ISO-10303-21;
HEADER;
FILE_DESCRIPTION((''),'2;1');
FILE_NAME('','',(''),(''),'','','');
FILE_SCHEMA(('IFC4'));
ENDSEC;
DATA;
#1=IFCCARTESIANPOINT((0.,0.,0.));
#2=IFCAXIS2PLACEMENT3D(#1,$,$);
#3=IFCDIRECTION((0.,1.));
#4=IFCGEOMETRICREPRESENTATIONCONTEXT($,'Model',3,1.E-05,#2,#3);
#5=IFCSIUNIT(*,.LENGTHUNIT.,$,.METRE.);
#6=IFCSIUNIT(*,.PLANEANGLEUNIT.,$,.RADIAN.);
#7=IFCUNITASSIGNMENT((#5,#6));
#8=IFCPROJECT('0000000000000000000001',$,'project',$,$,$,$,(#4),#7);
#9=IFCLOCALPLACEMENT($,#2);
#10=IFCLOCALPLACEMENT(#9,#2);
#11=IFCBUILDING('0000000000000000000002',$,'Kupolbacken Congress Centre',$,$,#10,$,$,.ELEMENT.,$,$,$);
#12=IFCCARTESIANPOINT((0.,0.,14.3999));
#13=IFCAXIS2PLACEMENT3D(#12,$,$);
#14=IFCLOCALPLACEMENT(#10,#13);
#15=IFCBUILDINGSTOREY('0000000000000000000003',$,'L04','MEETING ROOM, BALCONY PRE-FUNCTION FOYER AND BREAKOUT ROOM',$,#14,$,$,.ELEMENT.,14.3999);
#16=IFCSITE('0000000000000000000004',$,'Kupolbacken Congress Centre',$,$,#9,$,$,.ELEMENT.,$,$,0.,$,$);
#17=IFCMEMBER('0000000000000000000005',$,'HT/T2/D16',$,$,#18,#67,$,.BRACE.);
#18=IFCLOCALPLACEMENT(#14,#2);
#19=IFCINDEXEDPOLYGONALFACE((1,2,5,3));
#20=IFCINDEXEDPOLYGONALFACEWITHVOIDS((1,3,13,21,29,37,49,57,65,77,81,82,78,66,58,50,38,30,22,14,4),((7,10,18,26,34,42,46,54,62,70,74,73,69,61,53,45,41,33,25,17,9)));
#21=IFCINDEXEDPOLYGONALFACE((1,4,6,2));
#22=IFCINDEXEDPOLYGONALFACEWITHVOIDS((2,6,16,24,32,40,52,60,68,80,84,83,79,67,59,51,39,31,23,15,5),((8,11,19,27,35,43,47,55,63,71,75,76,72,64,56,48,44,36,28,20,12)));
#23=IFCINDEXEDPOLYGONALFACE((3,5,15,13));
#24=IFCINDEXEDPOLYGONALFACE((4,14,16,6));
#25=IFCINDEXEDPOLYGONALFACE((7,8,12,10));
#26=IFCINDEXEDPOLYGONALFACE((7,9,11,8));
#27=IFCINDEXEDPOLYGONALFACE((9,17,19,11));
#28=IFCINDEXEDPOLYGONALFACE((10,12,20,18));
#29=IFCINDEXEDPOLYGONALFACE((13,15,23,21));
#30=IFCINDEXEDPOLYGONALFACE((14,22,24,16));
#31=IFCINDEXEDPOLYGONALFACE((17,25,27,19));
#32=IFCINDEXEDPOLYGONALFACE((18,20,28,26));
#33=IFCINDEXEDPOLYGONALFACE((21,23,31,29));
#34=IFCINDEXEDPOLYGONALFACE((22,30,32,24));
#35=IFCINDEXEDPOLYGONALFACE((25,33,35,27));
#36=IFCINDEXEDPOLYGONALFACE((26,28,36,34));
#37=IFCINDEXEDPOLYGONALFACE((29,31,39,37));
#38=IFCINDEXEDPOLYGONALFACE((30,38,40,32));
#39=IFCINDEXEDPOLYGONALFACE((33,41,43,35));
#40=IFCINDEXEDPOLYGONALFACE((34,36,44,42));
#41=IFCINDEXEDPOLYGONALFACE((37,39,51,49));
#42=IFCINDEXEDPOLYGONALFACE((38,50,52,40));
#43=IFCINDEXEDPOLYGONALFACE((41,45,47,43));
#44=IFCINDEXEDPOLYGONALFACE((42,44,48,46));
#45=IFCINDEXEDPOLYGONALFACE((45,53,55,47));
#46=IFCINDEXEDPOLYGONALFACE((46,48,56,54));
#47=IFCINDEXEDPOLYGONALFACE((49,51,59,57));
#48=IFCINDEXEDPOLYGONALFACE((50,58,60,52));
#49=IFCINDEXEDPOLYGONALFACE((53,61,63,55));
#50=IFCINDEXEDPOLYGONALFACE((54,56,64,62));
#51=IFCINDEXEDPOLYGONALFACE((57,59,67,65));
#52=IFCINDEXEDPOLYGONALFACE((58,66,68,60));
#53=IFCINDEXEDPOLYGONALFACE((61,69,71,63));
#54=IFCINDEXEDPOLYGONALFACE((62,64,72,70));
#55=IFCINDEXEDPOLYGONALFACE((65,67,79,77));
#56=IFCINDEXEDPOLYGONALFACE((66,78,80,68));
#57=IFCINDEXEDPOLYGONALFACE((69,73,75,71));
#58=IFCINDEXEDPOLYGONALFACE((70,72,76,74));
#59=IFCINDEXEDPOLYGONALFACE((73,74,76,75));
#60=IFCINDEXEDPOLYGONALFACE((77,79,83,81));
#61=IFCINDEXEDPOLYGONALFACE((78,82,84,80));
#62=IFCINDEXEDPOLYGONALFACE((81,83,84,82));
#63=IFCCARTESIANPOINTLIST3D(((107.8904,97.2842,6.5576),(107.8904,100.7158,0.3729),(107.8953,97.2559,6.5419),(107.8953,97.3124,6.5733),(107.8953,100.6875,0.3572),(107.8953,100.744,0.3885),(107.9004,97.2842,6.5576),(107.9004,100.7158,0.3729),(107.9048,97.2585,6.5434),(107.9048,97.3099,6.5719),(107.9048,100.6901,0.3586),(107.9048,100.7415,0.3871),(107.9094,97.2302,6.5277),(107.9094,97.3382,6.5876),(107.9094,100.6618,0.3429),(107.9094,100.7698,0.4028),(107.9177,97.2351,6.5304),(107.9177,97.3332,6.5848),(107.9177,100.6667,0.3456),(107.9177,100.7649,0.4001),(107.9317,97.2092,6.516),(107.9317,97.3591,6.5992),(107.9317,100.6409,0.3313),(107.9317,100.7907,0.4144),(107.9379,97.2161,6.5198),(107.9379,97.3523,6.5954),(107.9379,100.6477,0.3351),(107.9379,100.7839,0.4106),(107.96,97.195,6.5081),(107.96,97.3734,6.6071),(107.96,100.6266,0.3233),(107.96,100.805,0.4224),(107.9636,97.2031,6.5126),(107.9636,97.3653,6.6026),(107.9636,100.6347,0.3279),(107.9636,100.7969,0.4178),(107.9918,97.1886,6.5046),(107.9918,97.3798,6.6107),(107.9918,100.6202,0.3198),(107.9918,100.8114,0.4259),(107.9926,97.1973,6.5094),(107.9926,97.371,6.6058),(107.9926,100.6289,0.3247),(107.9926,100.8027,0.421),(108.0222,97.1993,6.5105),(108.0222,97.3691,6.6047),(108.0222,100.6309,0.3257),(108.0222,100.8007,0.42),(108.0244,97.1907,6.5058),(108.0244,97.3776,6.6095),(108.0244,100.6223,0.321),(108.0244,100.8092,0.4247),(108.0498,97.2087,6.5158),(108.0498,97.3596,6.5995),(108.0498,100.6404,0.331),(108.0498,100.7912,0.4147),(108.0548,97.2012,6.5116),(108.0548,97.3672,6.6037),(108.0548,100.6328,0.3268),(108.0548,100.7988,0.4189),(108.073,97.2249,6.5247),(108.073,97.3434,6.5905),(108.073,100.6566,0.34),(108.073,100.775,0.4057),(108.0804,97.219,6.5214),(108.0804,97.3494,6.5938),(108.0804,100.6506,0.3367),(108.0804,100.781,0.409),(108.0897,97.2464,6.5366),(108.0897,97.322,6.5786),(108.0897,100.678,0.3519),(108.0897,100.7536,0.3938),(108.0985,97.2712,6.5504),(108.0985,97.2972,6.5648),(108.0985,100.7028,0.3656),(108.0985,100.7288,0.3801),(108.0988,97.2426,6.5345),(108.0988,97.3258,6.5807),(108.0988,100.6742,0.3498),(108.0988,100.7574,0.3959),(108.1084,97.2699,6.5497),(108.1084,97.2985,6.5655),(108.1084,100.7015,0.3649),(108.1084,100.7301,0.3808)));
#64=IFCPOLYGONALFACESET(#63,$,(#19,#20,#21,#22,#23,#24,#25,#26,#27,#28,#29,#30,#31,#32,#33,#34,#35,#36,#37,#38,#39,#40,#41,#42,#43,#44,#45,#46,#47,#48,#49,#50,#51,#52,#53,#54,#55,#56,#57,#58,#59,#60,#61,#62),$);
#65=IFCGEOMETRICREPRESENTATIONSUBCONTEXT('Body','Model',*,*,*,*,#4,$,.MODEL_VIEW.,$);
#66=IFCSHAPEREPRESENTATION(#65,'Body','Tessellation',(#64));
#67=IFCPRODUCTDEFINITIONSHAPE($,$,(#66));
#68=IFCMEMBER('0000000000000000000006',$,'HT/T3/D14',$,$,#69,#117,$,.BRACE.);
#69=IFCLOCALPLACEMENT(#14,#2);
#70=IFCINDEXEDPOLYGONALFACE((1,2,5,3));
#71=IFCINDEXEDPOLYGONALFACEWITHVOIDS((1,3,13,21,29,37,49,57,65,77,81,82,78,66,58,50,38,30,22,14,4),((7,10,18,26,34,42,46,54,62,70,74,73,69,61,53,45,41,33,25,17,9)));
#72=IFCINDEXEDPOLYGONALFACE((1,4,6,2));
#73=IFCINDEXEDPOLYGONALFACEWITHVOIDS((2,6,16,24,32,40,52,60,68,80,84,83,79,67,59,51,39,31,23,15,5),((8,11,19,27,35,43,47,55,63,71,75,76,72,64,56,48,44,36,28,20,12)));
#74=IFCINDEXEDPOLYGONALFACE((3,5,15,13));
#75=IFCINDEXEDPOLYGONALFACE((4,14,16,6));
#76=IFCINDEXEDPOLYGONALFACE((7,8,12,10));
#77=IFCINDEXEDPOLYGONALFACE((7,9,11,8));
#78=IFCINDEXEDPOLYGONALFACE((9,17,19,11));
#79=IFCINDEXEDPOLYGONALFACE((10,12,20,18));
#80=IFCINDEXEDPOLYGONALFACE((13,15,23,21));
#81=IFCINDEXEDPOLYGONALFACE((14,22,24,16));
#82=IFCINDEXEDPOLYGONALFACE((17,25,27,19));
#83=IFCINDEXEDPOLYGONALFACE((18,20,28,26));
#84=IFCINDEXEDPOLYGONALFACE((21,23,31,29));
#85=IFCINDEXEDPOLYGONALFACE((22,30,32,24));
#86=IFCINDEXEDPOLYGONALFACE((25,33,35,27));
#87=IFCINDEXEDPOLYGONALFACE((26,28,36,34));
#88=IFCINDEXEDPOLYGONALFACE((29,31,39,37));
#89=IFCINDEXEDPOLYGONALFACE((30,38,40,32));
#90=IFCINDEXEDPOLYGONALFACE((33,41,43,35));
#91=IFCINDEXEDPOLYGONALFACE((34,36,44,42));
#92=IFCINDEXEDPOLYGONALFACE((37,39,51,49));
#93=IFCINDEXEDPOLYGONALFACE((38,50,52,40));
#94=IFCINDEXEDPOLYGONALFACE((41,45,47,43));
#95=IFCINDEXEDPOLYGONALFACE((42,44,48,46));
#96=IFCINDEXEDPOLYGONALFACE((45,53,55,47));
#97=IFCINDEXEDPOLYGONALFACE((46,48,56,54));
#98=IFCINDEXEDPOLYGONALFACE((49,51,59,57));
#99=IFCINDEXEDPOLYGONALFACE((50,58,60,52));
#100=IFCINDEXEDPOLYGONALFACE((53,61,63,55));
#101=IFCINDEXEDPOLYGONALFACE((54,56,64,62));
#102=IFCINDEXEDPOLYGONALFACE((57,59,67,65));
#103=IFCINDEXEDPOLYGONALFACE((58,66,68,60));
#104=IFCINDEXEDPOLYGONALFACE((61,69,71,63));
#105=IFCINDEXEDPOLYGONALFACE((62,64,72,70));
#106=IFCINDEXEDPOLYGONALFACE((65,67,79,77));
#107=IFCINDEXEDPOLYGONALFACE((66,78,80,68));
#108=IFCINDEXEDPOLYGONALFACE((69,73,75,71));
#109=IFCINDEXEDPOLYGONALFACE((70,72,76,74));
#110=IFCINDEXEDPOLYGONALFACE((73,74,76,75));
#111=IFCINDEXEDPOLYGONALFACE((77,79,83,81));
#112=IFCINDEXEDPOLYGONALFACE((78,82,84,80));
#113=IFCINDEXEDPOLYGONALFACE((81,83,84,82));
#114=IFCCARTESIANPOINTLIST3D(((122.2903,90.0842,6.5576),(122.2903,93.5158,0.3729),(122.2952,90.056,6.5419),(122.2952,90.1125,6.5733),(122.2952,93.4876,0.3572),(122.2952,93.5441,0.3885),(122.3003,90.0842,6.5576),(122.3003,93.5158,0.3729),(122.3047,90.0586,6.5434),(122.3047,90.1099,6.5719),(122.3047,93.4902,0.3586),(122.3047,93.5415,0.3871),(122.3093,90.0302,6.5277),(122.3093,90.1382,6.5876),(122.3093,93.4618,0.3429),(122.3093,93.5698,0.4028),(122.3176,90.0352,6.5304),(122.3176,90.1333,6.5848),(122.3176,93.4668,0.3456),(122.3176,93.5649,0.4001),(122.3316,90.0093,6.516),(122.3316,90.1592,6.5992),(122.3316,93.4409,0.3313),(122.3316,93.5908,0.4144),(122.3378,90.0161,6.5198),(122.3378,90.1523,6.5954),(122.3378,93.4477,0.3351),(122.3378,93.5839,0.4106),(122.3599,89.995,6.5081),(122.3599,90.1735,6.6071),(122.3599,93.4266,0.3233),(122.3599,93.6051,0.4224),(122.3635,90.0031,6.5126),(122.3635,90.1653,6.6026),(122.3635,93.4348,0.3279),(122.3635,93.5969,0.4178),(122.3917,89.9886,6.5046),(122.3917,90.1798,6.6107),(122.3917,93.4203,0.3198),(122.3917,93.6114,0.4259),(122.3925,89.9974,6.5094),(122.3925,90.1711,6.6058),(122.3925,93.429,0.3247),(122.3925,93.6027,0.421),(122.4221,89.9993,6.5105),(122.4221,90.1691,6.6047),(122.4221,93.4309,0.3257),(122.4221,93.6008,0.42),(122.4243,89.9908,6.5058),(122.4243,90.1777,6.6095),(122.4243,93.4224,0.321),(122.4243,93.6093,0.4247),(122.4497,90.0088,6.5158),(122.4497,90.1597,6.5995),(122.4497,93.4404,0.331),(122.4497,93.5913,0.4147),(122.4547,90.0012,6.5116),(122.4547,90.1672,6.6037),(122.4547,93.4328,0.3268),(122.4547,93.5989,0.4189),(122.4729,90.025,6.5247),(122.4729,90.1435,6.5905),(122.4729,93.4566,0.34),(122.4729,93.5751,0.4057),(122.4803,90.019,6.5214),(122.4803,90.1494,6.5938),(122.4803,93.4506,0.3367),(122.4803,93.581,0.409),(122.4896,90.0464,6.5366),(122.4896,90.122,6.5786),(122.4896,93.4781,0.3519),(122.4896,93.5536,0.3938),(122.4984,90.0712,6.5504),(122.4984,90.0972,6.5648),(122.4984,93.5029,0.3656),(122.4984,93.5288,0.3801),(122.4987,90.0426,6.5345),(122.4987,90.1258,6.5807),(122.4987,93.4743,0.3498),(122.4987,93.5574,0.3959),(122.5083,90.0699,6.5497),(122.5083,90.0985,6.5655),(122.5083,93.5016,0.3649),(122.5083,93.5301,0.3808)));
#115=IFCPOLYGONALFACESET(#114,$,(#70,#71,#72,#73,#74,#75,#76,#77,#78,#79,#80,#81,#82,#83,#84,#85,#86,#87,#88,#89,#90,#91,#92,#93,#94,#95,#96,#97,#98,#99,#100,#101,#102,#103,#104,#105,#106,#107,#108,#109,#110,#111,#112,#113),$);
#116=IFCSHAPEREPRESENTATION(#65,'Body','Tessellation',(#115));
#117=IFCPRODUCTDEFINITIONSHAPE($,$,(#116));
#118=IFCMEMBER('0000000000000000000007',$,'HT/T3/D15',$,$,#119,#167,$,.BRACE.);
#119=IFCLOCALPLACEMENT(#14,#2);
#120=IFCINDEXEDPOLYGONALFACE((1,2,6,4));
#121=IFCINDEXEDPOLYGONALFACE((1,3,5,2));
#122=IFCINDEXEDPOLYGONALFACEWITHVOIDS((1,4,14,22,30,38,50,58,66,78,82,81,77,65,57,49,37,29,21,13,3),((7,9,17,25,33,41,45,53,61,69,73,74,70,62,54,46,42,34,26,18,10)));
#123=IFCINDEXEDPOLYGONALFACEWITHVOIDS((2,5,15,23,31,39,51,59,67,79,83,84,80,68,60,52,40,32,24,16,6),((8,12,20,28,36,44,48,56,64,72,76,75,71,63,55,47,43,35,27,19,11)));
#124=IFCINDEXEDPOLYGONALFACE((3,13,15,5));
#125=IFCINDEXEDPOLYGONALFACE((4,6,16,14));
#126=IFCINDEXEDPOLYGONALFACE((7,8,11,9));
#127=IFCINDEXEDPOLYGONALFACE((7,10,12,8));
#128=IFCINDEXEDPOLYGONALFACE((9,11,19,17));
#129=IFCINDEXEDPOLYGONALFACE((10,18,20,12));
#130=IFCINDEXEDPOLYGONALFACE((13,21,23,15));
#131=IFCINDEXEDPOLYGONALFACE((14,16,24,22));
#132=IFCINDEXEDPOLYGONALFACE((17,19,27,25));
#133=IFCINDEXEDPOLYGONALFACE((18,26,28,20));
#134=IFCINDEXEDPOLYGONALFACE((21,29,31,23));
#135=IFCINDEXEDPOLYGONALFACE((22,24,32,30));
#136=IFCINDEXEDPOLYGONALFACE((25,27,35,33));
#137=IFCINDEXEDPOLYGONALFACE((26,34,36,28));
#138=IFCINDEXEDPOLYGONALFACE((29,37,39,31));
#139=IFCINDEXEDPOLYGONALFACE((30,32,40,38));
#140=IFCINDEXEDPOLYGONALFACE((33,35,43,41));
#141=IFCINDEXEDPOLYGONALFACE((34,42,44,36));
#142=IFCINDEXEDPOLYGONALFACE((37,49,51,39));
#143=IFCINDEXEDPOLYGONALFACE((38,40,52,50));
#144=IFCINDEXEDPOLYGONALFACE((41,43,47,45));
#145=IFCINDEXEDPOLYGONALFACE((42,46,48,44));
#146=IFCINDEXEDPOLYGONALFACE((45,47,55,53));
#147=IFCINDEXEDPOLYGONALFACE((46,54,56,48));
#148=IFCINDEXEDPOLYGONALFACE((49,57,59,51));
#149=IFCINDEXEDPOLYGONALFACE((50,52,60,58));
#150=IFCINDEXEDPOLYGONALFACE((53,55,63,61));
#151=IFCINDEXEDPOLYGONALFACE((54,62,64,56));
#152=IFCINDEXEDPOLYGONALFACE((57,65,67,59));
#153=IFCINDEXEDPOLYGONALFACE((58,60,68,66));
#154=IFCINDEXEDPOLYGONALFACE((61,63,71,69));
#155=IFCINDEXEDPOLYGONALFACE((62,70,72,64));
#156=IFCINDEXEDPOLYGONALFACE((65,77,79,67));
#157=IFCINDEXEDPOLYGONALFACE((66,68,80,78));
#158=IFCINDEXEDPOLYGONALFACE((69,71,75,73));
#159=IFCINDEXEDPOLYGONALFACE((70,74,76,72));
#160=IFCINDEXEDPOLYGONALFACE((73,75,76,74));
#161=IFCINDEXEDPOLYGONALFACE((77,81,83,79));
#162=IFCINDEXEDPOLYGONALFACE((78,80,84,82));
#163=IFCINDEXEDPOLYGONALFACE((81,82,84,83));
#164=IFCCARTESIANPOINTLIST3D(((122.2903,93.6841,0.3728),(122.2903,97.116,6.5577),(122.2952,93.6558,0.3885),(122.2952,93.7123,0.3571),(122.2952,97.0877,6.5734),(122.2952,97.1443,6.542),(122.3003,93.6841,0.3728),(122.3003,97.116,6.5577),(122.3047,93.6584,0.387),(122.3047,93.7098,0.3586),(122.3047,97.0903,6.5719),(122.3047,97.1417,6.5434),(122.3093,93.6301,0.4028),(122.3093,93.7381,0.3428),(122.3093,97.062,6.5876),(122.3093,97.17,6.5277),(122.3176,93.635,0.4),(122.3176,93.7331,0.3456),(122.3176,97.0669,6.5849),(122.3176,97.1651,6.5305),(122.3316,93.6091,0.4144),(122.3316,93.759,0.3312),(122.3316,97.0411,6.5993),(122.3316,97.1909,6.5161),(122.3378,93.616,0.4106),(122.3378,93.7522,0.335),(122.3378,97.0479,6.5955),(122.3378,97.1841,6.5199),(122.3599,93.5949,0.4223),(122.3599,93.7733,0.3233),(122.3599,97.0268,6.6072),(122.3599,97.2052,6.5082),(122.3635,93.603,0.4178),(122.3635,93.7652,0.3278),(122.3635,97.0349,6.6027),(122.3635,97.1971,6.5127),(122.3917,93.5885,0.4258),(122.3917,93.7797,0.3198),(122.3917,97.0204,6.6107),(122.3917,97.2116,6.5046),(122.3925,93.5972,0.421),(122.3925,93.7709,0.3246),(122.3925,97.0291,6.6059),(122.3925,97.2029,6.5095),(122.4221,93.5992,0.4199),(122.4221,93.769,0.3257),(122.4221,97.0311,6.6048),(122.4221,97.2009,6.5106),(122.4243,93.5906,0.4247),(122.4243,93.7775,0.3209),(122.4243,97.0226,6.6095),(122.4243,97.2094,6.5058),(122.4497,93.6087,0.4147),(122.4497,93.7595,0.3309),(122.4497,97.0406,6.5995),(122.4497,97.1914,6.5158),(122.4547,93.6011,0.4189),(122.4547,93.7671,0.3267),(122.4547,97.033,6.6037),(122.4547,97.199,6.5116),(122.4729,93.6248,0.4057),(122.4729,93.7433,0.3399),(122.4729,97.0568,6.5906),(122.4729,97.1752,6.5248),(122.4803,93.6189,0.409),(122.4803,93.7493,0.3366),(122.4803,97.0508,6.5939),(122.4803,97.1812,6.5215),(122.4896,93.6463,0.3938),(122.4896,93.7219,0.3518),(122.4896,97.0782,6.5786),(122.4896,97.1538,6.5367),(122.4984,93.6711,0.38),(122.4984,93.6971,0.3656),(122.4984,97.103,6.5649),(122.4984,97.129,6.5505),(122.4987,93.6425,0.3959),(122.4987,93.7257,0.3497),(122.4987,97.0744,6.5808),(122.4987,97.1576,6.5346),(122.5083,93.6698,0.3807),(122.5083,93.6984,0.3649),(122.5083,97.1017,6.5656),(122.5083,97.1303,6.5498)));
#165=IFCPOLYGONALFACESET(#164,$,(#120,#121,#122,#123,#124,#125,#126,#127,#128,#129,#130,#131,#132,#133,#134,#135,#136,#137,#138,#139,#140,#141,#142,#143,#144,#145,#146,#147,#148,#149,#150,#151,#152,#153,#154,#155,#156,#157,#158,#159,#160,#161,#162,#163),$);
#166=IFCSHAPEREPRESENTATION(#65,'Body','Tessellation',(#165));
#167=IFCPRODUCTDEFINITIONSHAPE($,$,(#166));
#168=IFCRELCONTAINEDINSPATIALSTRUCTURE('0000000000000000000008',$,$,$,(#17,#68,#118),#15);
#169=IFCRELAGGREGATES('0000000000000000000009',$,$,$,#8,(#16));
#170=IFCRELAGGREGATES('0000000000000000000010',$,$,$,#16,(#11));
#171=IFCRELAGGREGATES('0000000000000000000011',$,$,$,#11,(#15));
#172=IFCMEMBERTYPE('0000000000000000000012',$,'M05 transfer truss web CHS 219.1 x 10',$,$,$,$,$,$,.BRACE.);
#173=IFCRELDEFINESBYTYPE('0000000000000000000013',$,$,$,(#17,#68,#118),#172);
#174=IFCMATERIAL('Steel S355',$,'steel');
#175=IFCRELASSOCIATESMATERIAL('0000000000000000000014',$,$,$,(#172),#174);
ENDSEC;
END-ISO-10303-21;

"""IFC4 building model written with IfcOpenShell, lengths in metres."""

from ifc_helpers import new_model, si_unit, direction, frame, origin, origin_2d, place, context, subcontext, project, spatial, hollow_circle, extrude, material, material_profile, profile_set, type_object, element, save


model = new_model("IFC4")

# Units and contexts
model_context = context("Model", 3, precision=1e-05, world=origin(), true_north=direction((0.0, 1.0)))
body_context = subcontext(model_context, "Body", "Model", "MODEL_VIEW")
ifc_project = project(units=[si_unit("LENGTHUNIT", "METRE"), si_unit("PLANEANGLEUNIT", "RADIAN")], contexts=[model_context])

# Site, building, storey
site_placement = place(None, origin())
site = spatial("IfcSite", under=ifc_project, at=site_placement, Name="Kupolbacken Congress Centre", CompositionType="ELEMENT", RefElevation=0.0)
building_placement = place(site_placement, origin())
building = spatial("IfcBuilding", under=site, at=building_placement, Name="Kupolbacken Congress Centre", CompositionType="ELEMENT")
storey_placement = place(building_placement, frame((0.0, 0.0, 14.3999)))
storey = spatial("IfcBuildingStorey", under=building, at=storey_placement, Name="L04", Description="MEETING ROOM, BALCONY PRE-FUNCTION FOYER AND BREAKOUT ROOM", CompositionType="ELEMENT", Elevation=14.3999)

# Members
ifc_material_1 = material(Name="Steel S355", Category="steel")
ifc_material_profile_1 = material_profile(ifc_material_1, hollow_circle(Radius=0.1096, WallThickness=0.01, at=origin_2d()), Name="CHS 219.1 x 10")
ifc_profile_set_1 = profile_set([ifc_material_profile_1], Name="Steel S355")
member_type_1 = type_object("IfcMemberType", Name="M05 transfer truss web CHS 219.1 x 10", PredefinedType="BRACE", material=ifc_profile_set_1)
for number, where, z_axis, x_axis, name in (
    (1, (108.0, 97.2842, 6.5576), (0.0, 0.485171, -0.874419), (-1.0, 0.0, 0.0), "HT/T2/D16"),
    (2, (122.3999, 90.0842, 6.5576), (0.0, 0.485171, -0.874419), (-1.0, 0.0, 0.0), "HT/T3/D14"),
):
    element("IfcMember", number, at=place(storey_placement, frame(where, z_axis=z_axis, x_axis=x_axis)), inside=storey, type_object=member_type_1, Name=name, PredefinedType="BRACE", context=body_context, shape_type="SweptSolid", body=[
        extrude(hollow_circle(Radius=0.1096, WallThickness=0.01, at=origin_2d()), origin(), (0.0, 0.0, 1.0), 7.073),
    ])
member_1_placement = place(storey_placement, frame((122.3999, 93.6841, 0.3728), z_axis=(0.0, 0.485197, 0.874405), x_axis=(-1.0, 0.0, 0.0)))
element("IfcMember", 3, at=member_1_placement, inside=storey, type_object=member_type_1, Name="HT/T3/D15", PredefinedType="BRACE", context=body_context, shape_type="SweptSolid", body=[
    extrude(hollow_circle(Radius=0.1096, WallThickness=0.01, at=origin_2d()), origin(), (0.0, 0.0, 1.0), 7.0732),
])

save(model, "model.ifc")
